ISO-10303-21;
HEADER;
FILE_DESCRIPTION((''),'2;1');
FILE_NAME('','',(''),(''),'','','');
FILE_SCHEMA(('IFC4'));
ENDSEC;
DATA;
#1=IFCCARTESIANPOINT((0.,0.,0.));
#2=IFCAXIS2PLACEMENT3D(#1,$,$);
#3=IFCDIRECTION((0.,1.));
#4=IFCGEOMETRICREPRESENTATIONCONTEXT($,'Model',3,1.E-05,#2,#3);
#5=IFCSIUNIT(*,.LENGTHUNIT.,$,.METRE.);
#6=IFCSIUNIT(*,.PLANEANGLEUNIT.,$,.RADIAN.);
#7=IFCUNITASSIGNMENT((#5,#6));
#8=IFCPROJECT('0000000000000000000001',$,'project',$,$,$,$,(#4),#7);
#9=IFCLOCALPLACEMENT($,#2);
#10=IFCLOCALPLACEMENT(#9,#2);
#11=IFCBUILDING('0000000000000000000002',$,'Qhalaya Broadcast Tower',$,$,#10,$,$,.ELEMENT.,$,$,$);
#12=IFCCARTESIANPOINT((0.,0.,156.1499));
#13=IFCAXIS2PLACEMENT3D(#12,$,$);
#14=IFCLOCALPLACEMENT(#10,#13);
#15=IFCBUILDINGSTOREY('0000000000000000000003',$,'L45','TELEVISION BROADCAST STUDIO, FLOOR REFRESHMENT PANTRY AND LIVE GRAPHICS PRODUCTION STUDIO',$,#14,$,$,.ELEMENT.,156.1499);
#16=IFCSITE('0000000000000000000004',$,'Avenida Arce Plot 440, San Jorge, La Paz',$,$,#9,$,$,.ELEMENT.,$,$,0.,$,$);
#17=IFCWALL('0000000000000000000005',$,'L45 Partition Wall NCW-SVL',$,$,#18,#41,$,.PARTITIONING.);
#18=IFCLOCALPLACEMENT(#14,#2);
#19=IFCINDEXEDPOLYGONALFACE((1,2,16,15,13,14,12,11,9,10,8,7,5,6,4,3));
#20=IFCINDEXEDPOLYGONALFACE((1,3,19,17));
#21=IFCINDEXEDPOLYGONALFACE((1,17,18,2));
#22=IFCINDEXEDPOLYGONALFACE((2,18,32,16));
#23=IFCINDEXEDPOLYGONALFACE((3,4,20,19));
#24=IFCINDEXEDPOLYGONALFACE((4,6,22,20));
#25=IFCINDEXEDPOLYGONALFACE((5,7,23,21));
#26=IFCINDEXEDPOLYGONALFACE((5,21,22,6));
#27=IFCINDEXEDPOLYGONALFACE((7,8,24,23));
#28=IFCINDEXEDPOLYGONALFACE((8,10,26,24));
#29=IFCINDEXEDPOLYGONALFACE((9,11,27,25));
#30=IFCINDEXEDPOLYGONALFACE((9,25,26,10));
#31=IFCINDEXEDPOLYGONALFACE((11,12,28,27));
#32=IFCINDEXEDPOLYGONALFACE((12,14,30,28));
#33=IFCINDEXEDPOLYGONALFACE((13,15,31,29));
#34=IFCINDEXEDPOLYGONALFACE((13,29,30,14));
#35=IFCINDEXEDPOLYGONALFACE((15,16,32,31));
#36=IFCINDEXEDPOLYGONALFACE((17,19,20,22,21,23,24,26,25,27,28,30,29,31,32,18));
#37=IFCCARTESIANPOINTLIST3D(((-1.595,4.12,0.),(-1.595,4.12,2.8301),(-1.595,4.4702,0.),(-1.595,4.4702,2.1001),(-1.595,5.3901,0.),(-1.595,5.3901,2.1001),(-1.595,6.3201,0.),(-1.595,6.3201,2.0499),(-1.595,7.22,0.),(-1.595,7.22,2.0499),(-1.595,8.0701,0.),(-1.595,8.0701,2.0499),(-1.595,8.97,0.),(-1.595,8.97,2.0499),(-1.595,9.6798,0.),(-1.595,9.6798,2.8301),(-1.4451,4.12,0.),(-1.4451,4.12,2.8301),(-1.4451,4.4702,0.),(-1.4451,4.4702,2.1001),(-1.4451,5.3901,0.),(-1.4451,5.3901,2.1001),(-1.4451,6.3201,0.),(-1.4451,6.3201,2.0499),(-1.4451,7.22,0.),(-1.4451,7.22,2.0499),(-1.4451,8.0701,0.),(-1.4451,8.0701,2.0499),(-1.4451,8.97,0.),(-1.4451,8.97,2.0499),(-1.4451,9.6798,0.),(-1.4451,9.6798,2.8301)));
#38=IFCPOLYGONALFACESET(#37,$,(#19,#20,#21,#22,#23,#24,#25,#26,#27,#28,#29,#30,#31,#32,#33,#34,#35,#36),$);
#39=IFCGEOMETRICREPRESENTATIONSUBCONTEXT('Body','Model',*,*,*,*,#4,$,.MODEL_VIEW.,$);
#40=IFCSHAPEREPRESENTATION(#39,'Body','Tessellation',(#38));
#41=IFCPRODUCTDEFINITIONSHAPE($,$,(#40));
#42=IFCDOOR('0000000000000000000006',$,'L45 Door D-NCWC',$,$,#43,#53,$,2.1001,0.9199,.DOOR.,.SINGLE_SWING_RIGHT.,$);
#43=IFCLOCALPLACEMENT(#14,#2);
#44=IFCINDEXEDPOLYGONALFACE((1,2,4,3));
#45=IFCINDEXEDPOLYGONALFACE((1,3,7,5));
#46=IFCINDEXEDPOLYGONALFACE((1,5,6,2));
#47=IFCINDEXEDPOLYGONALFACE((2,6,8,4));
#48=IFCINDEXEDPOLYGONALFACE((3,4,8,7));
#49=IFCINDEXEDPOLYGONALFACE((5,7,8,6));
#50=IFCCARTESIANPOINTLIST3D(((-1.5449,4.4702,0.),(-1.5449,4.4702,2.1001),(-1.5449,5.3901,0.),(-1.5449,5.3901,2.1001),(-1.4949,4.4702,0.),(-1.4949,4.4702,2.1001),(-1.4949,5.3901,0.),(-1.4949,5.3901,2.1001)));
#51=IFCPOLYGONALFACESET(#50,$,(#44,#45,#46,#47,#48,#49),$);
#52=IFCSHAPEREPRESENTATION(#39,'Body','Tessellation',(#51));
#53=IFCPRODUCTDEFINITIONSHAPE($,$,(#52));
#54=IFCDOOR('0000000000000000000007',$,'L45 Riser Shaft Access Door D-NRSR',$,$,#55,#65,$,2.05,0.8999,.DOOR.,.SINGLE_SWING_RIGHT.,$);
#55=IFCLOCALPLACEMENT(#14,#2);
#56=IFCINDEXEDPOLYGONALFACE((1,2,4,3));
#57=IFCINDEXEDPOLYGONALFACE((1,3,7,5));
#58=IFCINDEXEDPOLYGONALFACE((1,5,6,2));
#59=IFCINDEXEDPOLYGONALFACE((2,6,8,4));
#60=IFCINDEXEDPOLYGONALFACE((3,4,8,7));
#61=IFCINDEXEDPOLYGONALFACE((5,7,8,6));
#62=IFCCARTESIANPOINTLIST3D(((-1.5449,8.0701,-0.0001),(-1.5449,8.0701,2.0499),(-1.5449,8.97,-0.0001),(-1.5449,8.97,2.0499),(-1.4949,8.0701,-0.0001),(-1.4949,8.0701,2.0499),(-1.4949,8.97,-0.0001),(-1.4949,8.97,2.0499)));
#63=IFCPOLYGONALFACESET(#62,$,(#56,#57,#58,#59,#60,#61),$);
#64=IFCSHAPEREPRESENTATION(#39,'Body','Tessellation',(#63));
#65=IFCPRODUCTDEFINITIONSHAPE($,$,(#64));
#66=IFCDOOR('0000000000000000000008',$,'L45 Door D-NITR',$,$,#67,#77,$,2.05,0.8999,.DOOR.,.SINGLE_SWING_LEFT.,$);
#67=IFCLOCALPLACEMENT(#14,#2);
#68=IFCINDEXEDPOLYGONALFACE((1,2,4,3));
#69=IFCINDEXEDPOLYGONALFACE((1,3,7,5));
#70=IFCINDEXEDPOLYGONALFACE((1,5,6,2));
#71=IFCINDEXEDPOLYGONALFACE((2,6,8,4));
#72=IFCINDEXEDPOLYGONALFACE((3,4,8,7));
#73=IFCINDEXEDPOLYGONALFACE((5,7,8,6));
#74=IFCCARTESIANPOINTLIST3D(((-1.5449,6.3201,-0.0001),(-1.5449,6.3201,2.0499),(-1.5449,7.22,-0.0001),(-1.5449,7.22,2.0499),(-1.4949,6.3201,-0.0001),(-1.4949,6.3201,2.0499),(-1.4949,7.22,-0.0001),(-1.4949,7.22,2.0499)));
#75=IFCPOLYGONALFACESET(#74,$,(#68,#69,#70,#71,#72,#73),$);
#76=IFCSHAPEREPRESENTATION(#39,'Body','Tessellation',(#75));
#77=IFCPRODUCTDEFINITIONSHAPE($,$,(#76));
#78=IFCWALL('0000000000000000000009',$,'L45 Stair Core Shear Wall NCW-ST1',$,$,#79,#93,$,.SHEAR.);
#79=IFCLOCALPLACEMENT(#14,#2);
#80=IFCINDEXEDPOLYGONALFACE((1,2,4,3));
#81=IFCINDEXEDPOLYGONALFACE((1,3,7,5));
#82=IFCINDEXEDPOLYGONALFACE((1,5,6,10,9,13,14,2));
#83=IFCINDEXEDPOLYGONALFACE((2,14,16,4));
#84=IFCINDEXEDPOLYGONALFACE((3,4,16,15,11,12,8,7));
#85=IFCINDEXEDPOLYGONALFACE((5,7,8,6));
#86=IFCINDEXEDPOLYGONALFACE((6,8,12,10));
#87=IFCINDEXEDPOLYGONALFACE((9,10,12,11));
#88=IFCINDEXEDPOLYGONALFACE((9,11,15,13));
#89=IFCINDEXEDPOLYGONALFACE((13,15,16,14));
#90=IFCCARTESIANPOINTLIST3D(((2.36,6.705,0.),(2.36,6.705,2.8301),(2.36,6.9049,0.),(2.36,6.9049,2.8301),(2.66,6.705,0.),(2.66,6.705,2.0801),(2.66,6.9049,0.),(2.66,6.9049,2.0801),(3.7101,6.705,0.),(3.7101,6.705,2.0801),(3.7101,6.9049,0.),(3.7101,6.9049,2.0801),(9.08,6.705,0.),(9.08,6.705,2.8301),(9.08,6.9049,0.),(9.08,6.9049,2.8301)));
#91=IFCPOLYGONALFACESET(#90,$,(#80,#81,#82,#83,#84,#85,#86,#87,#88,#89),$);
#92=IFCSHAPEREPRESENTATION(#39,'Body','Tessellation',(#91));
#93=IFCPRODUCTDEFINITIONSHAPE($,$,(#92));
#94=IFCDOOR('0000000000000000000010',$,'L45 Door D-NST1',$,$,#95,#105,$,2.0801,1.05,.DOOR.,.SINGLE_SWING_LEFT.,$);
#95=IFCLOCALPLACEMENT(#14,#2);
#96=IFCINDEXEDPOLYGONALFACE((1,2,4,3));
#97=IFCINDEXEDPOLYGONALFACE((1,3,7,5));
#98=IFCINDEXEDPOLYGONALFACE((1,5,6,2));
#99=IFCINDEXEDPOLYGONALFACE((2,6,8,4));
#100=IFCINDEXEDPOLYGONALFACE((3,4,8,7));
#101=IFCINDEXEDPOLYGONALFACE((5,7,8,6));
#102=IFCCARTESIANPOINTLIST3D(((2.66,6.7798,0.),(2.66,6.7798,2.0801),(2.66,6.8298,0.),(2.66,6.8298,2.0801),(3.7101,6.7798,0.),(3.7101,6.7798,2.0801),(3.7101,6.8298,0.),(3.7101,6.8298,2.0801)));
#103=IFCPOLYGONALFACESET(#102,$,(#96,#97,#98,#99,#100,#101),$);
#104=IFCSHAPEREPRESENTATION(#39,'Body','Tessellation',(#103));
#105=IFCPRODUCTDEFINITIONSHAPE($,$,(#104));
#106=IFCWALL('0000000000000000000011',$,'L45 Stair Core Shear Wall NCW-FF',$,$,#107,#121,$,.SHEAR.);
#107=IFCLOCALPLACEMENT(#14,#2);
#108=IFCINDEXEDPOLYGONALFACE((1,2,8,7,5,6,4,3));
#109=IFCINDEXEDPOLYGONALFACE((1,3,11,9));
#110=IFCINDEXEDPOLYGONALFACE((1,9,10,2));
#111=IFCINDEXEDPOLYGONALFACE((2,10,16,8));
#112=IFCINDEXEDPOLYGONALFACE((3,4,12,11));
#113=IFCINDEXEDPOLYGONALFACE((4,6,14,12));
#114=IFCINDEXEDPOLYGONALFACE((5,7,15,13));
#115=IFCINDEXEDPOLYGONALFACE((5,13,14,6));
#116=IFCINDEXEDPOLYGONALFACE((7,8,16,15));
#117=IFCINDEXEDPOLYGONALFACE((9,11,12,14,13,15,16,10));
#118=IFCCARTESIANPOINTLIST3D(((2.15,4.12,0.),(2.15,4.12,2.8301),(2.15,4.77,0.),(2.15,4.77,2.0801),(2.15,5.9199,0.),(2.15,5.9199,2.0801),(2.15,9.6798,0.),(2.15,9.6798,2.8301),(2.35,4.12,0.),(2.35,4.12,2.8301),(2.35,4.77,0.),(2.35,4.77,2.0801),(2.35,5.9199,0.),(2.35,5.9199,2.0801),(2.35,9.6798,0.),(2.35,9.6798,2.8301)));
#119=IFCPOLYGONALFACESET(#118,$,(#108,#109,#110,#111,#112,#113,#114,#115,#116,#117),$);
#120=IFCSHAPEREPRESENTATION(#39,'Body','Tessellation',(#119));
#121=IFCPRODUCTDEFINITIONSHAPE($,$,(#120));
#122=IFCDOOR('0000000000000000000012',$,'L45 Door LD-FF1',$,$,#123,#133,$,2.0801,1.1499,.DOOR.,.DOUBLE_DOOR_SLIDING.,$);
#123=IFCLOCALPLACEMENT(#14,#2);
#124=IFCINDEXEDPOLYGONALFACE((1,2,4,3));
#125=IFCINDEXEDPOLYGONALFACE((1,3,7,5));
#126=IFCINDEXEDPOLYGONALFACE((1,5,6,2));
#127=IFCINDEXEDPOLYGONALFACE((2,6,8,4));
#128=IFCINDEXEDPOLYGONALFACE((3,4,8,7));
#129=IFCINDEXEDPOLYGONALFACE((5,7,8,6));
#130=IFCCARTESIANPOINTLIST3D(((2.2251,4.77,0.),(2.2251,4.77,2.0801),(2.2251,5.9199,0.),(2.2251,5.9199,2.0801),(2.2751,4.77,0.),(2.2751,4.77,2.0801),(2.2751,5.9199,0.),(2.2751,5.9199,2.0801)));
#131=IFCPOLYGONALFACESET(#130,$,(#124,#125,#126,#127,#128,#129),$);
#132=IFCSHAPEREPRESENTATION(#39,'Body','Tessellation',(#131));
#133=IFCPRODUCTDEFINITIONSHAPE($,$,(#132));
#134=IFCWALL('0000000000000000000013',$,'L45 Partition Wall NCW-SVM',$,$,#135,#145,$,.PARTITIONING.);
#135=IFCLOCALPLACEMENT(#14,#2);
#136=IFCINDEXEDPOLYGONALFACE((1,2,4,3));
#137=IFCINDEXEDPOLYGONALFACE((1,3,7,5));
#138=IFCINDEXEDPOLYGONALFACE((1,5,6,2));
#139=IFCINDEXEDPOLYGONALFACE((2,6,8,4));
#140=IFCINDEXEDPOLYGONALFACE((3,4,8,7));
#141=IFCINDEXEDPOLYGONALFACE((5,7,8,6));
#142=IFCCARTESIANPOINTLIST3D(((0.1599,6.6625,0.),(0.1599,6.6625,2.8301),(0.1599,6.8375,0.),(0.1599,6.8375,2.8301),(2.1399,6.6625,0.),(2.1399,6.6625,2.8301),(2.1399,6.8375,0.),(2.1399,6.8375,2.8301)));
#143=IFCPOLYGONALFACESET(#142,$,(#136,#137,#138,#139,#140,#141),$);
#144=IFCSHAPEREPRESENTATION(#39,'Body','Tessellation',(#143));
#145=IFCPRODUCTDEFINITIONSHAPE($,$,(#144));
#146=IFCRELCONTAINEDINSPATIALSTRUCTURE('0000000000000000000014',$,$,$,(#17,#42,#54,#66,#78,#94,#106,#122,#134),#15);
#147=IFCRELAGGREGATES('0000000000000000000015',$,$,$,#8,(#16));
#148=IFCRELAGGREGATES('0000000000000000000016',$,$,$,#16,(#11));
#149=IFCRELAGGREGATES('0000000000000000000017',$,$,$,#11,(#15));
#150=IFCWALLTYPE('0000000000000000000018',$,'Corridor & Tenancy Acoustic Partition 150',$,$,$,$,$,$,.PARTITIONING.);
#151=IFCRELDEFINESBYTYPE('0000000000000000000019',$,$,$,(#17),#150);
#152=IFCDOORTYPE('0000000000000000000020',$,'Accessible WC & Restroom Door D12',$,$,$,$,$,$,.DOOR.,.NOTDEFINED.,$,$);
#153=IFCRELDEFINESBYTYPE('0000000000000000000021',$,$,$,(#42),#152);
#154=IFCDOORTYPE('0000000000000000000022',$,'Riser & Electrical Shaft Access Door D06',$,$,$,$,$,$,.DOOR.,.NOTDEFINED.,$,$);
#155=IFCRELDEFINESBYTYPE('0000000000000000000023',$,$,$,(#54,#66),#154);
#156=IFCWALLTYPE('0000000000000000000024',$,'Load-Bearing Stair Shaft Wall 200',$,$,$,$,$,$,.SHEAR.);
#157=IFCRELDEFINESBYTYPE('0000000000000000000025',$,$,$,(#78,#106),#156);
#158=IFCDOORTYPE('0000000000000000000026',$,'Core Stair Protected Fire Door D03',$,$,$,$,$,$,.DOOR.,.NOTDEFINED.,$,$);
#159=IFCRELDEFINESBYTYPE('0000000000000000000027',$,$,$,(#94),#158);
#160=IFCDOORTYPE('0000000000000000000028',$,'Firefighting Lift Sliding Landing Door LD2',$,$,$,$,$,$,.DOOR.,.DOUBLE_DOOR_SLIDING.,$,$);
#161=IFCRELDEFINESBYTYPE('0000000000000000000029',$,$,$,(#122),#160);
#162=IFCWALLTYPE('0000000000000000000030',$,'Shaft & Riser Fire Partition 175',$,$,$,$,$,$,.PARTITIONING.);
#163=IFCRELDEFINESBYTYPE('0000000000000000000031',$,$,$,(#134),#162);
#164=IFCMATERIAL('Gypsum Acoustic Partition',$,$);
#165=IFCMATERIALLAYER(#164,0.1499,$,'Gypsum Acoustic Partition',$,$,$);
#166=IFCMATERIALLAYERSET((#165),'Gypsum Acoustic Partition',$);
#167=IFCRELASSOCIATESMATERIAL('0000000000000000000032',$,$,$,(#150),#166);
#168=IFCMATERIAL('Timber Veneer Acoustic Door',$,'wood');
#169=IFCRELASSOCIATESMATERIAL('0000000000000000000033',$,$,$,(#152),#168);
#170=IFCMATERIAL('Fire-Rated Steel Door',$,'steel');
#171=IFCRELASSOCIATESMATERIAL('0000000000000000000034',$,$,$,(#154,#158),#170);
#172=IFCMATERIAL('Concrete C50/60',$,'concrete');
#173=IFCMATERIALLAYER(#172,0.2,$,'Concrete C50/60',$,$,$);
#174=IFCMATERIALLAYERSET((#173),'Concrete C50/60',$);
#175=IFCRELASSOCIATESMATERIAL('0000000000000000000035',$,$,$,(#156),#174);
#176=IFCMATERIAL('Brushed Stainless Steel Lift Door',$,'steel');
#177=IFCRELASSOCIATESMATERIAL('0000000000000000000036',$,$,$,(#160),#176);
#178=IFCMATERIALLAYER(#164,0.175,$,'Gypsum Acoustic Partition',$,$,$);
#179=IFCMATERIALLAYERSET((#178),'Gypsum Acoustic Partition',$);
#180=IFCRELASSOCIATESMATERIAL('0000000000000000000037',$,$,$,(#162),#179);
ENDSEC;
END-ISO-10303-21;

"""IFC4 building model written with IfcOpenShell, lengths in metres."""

from ifc_helpers import new_model, si_unit, direction, frame, frame_2d, origin, place, context, subcontext, project, spatial, rectangle, extrude, material, layer, layer_set, type_object, element, fill, save


model = new_model("IFC4")

# Units and contexts
model_context = context("Model", 3, precision=1e-05, world=origin(), true_north=direction((0.0, 1.0)))
body_context = subcontext(model_context, "Body", "Model", "MODEL_VIEW")
ifc_project = project(units=[si_unit("LENGTHUNIT", "METRE"), si_unit("PLANEANGLEUNIT", "RADIAN")], contexts=[model_context])

# Site, building, storey
site_placement = place(None, origin())
site = spatial("IfcSite", under=ifc_project, at=site_placement, Name="Avenida Arce Plot 440, San Jorge, La Paz", CompositionType="ELEMENT", RefElevation=0.0)
building_placement = place(site_placement, origin())
building = spatial("IfcBuilding", under=site, at=building_placement, Name="Qhalaya Broadcast Tower", CompositionType="ELEMENT")
storey_placement = place(building_placement, frame((0.0, 0.0, 156.1499)))
storey = spatial("IfcBuildingStorey", under=building, at=storey_placement, Name="L45", Description="TELEVISION BROADCAST STUDIO, FLOOR REFRESHMENT PANTRY AND LIVE GRAPHICS PRODUCTION STUDIO", CompositionType="ELEMENT", Elevation=156.1499)

# Shared definitions
ifc_material_1 = material(Name="Concrete C50/60", Category="concrete")

# Wall, openings, doors
ifc_material_2 = material(Name="Gypsum Acoustic Partition")
ifc_layer_1 = layer(ifc_material_2, 0.1499, Name="Gypsum Acoustic Partition")
ifc_layer_set_1 = layer_set([ifc_layer_1], Name="Gypsum Acoustic Partition")
wall_type_1 = type_object("IfcWallType", Name="Corridor & Tenancy Acoustic Partition 150", PredefinedType="PARTITIONING", material=ifc_layer_set_1)
wall_1_placement = place(storey_placement, frame((-1.52, 4.1201, 0.0), z_axis=(0.0, 0.0, 1.0), x_axis=(0.0, 1.0, 0.0)))
wall_1 = element("IfcWall", 1, at=wall_1_placement, inside=storey, type_object=wall_type_1, Name="L45 Partition Wall NCW-SVL", PredefinedType="PARTITIONING", context=body_context, shape_type="SweptSolid", body=[
    extrude(rectangle(XDim=5.5598, YDim=0.1499, at=frame_2d((2.7798, 0.0))), origin(), (0.0, 0.0, 1.0), 2.8301),
])
opening_1_placement = place(wall_1_placement, frame((3.95, 0.0, 0.0)))
opening_1 = element("IfcOpeningElement", 2, at=opening_1_placement, cuts=wall_1, PredefinedType="OPENING", context=body_context, shape_type="SweptSolid", body=[
    extrude(rectangle(XDim=0.8999, YDim=2.05, at=frame_2d((0.45, 1.0249))), frame((0.0, 0.0869, 0.0), z_axis=(0.0, -1.0, 0.0), x_axis=(1.0, 0.0, 0.0)), (0.0, 0.0, 1.0), 0.1738),
])
opening_2_placement = place(wall_1_placement, frame((2.2, 0.0, 0.0)))
opening_2 = element("IfcOpeningElement", 3, at=opening_2_placement, cuts=wall_1, PredefinedType="OPENING", context=body_context, shape_type="SweptSolid", body=[
    extrude(rectangle(XDim=0.8999, YDim=2.05, at=frame_2d((0.45, 1.0249))), frame((0.0, 0.0869, 0.0), z_axis=(0.0, -1.0, 0.0), x_axis=(1.0, 0.0, 0.0)), (0.0, 0.0, 1.0), 0.1738),
])
opening_3_placement = place(wall_1_placement, frame((0.3501, 0.0, 0.0)))
opening_3 = element("IfcOpeningElement", 4, at=opening_3_placement, cuts=wall_1, PredefinedType="OPENING", context=body_context, shape_type="SweptSolid", body=[
    extrude(rectangle(XDim=0.9199, YDim=2.1001, at=frame_2d((0.46, 1.05))), frame((0.0, 0.0869, 0.0), z_axis=(0.0, -1.0, 0.0), x_axis=(1.0, 0.0, 0.0)), (0.0, 0.0, 1.0), 0.1738),
])
ifc_material_3 = material(Name="Timber Veneer Acoustic Door", Category="wood")
door_type_1 = type_object("IfcDoorType", Name="Accessible WC & Restroom Door D12", OperationType="NOTDEFINED", PredefinedType="DOOR", material=ifc_material_3)
door_1_placement = place(opening_3_placement, origin())
door_1 = element("IfcDoor", 5, at=door_1_placement, inside=storey, type_object=door_type_1, Name="L45 Door D-NCWC", OperationType="SINGLE_SWING_RIGHT", OverallHeight=2.1001, OverallWidth=0.9199, PredefinedType="DOOR", context=body_context, shape_type="SweptSolid", body=[
    extrude(rectangle(XDim=0.9199, YDim=2.1001, at=frame_2d((0.46, 1.05))), frame((0.0, 0.0249, 0.0), z_axis=(0.0, -1.0, 0.0), x_axis=(1.0, 0.0, 0.0)), (0.0, 0.0, 1.0), 0.05),
])
fill(opening_3, door_1)
ifc_material_4 = material(Name="Fire-Rated Steel Door", Category="steel")
door_type_2 = type_object("IfcDoorType", Name="Riser & Electrical Shaft Access Door D06", OperationType="NOTDEFINED", PredefinedType="DOOR", material=ifc_material_4)
door_2_placement = place(opening_1_placement, origin())
door_2 = element("IfcDoor", 6, at=door_2_placement, inside=storey, type_object=door_type_2, Name="L45 Riser Shaft Access Door D-NRSR", OperationType="SINGLE_SWING_RIGHT", OverallHeight=2.05, OverallWidth=0.8999, PredefinedType="DOOR", context=body_context, shape_type="SweptSolid", body=[
    extrude(rectangle(XDim=0.8999, YDim=2.05, at=frame_2d((0.45, 1.0249))), frame((0.0, 0.0249, 0.0), z_axis=(0.0, -1.0, 0.0), x_axis=(1.0, 0.0, 0.0)), (0.0, 0.0, 1.0), 0.05),
])
fill(opening_1, door_2)
door_3_placement = place(opening_2_placement, origin())
door_3 = element("IfcDoor", 7, at=door_3_placement, inside=storey, type_object=door_type_2, Name="L45 Door D-NITR", OperationType="SINGLE_SWING_LEFT", OverallHeight=2.05, OverallWidth=0.8999, PredefinedType="DOOR", context=body_context, shape_type="SweptSolid", body=[
    extrude(rectangle(XDim=0.8999, YDim=2.05, at=frame_2d((0.45, 1.0249))), frame((0.0, 0.0249, 0.0), z_axis=(0.0, -1.0, 0.0), x_axis=(1.0, 0.0, 0.0)), (0.0, 0.0, 1.0), 0.05),
])
fill(opening_2, door_3)

# Walls, openings, doors
ifc_layer_2 = layer(ifc_material_1, 0.2, Name="Concrete C50/60")
ifc_layer_set_2 = layer_set([ifc_layer_2], Name="Concrete C50/60")
wall_type_2 = type_object("IfcWallType", Name="Load-Bearing Stair Shaft Wall 200", PredefinedType="SHEAR", material=ifc_layer_set_2)
wall_2_placement = place(storey_placement, frame((2.3601, 6.8049, 0.0), z_axis=(0.0, 0.0, 1.0), x_axis=(1.0, 0.0, 0.0)))
wall_2 = element("IfcWall", 8, at=wall_2_placement, inside=storey, type_object=wall_type_2, Name="L45 Stair Core Shear Wall NCW-ST1", PredefinedType="SHEAR", context=body_context, shape_type="SweptSolid", body=[
    extrude(rectangle(XDim=6.72, YDim=0.2, at=frame_2d((3.3599, 0.0))), origin(), (0.0, 0.0, 1.0), 2.8301),
])
opening_4_placement = place(wall_2_placement, frame((0.3, 0.0, 0.0)))
opening_4 = element("IfcOpeningElement", 9, at=opening_4_placement, cuts=wall_2, PredefinedType="OPENING", context=body_context, shape_type="SweptSolid", body=[
    extrude(rectangle(XDim=1.05, YDim=2.0801, at=frame_2d((0.5249, 1.04))), frame((0.0, 0.1121, 0.0), z_axis=(0.0, -1.0, 0.0), x_axis=(1.0, 0.0, 0.0)), (0.0, 0.0, 1.0), 0.2239),
])
door_type_3 = type_object("IfcDoorType", Name="Core Stair Protected Fire Door D03", OperationType="NOTDEFINED", PredefinedType="DOOR", material=ifc_material_4)
door_4_placement = place(opening_4_placement, origin())
door_4 = element("IfcDoor", 10, at=door_4_placement, inside=storey, type_object=door_type_3, Name="L45 Door D-NST1", OperationType="SINGLE_SWING_LEFT", OverallHeight=2.0801, OverallWidth=1.05, PredefinedType="DOOR", context=body_context, shape_type="SweptSolid", body=[
    extrude(rectangle(XDim=1.05, YDim=2.0801, at=frame_2d((0.5249, 1.04))), frame((0.0, 0.0249, 0.0), z_axis=(0.0, -1.0, 0.0), x_axis=(1.0, 0.0, 0.0)), (0.0, 0.0, 1.0), 0.05),
])
fill(opening_4, door_4)
wall_3_placement = place(storey_placement, frame((2.25, 4.1201, 0.0), z_axis=(0.0, 0.0, 1.0), x_axis=(0.0, 1.0, 0.0)))
wall_3 = element("IfcWall", 11, at=wall_3_placement, inside=storey, type_object=wall_type_2, Name="L45 Stair Core Shear Wall NCW-FF", PredefinedType="SHEAR", context=body_context, shape_type="SweptSolid", body=[
    extrude(rectangle(XDim=5.5598, YDim=0.2, at=frame_2d((2.7798, 0.0))), origin(), (0.0, 0.0, 1.0), 2.8301),
])
opening_5_placement = place(wall_3_placement, frame((0.6499, 0.0, 0.0)))
opening_5 = element("IfcOpeningElement", 12, at=opening_5_placement, cuts=wall_3, PredefinedType="OPENING", context=body_context, shape_type="SweptSolid", body=[
    extrude(rectangle(XDim=1.1499, YDim=2.0801, at=frame_2d((0.575, 1.04))), frame((0.0, 0.1121, 0.0), z_axis=(0.0, -1.0, 0.0), x_axis=(1.0, 0.0, 0.0)), (0.0, 0.0, 1.0), 0.2239),
])
ifc_material_5 = material(Name="Brushed Stainless Steel Lift Door", Category="steel")
door_type_4 = type_object("IfcDoorType", Name="Firefighting Lift Sliding Landing Door LD2", OperationType="DOUBLE_DOOR_SLIDING", PredefinedType="DOOR", material=ifc_material_5)
door_5_placement = place(opening_5_placement, origin())
door_5 = element("IfcDoor", 13, at=door_5_placement, inside=storey, type_object=door_type_4, Name="L45 Door LD-FF1", OperationType="DOUBLE_DOOR_SLIDING", OverallHeight=2.0801, OverallWidth=1.1499, PredefinedType="DOOR", context=body_context, shape_type="SweptSolid", body=[
    extrude(rectangle(XDim=1.1499, YDim=2.0801, at=frame_2d((0.575, 1.04))), frame((0.0, 0.0249, 0.0), z_axis=(0.0, -1.0, 0.0), x_axis=(1.0, 0.0, 0.0)), (0.0, 0.0, 1.0), 0.05),
])
fill(opening_5, door_5)
ifc_layer_3 = layer(ifc_material_2, 0.175, Name="Gypsum Acoustic Partition")
ifc_layer_set_3 = layer_set([ifc_layer_3], Name="Gypsum Acoustic Partition")
wall_type_3 = type_object("IfcWallType", Name="Shaft & Riser Fire Partition 175", PredefinedType="PARTITIONING", material=ifc_layer_set_3)

# Wall
wall_4_placement = place(storey_placement, frame((0.1599, 6.75, 0.0), z_axis=(0.0, 0.0, 1.0), x_axis=(1.0, 0.0, 0.0)))
element("IfcWall", 14, at=wall_4_placement, inside=storey, type_object=wall_type_3, Name="L45 Partition Wall NCW-SVM", PredefinedType="PARTITIONING", context=body_context, shape_type="SweptSolid", body=[
    extrude(rectangle(XDim=1.98, YDim=0.175, at=frame_2d((0.99, 0.0))), origin(), (0.0, 0.0, 1.0), 2.8301),
])

save(model, "model.ifc")
